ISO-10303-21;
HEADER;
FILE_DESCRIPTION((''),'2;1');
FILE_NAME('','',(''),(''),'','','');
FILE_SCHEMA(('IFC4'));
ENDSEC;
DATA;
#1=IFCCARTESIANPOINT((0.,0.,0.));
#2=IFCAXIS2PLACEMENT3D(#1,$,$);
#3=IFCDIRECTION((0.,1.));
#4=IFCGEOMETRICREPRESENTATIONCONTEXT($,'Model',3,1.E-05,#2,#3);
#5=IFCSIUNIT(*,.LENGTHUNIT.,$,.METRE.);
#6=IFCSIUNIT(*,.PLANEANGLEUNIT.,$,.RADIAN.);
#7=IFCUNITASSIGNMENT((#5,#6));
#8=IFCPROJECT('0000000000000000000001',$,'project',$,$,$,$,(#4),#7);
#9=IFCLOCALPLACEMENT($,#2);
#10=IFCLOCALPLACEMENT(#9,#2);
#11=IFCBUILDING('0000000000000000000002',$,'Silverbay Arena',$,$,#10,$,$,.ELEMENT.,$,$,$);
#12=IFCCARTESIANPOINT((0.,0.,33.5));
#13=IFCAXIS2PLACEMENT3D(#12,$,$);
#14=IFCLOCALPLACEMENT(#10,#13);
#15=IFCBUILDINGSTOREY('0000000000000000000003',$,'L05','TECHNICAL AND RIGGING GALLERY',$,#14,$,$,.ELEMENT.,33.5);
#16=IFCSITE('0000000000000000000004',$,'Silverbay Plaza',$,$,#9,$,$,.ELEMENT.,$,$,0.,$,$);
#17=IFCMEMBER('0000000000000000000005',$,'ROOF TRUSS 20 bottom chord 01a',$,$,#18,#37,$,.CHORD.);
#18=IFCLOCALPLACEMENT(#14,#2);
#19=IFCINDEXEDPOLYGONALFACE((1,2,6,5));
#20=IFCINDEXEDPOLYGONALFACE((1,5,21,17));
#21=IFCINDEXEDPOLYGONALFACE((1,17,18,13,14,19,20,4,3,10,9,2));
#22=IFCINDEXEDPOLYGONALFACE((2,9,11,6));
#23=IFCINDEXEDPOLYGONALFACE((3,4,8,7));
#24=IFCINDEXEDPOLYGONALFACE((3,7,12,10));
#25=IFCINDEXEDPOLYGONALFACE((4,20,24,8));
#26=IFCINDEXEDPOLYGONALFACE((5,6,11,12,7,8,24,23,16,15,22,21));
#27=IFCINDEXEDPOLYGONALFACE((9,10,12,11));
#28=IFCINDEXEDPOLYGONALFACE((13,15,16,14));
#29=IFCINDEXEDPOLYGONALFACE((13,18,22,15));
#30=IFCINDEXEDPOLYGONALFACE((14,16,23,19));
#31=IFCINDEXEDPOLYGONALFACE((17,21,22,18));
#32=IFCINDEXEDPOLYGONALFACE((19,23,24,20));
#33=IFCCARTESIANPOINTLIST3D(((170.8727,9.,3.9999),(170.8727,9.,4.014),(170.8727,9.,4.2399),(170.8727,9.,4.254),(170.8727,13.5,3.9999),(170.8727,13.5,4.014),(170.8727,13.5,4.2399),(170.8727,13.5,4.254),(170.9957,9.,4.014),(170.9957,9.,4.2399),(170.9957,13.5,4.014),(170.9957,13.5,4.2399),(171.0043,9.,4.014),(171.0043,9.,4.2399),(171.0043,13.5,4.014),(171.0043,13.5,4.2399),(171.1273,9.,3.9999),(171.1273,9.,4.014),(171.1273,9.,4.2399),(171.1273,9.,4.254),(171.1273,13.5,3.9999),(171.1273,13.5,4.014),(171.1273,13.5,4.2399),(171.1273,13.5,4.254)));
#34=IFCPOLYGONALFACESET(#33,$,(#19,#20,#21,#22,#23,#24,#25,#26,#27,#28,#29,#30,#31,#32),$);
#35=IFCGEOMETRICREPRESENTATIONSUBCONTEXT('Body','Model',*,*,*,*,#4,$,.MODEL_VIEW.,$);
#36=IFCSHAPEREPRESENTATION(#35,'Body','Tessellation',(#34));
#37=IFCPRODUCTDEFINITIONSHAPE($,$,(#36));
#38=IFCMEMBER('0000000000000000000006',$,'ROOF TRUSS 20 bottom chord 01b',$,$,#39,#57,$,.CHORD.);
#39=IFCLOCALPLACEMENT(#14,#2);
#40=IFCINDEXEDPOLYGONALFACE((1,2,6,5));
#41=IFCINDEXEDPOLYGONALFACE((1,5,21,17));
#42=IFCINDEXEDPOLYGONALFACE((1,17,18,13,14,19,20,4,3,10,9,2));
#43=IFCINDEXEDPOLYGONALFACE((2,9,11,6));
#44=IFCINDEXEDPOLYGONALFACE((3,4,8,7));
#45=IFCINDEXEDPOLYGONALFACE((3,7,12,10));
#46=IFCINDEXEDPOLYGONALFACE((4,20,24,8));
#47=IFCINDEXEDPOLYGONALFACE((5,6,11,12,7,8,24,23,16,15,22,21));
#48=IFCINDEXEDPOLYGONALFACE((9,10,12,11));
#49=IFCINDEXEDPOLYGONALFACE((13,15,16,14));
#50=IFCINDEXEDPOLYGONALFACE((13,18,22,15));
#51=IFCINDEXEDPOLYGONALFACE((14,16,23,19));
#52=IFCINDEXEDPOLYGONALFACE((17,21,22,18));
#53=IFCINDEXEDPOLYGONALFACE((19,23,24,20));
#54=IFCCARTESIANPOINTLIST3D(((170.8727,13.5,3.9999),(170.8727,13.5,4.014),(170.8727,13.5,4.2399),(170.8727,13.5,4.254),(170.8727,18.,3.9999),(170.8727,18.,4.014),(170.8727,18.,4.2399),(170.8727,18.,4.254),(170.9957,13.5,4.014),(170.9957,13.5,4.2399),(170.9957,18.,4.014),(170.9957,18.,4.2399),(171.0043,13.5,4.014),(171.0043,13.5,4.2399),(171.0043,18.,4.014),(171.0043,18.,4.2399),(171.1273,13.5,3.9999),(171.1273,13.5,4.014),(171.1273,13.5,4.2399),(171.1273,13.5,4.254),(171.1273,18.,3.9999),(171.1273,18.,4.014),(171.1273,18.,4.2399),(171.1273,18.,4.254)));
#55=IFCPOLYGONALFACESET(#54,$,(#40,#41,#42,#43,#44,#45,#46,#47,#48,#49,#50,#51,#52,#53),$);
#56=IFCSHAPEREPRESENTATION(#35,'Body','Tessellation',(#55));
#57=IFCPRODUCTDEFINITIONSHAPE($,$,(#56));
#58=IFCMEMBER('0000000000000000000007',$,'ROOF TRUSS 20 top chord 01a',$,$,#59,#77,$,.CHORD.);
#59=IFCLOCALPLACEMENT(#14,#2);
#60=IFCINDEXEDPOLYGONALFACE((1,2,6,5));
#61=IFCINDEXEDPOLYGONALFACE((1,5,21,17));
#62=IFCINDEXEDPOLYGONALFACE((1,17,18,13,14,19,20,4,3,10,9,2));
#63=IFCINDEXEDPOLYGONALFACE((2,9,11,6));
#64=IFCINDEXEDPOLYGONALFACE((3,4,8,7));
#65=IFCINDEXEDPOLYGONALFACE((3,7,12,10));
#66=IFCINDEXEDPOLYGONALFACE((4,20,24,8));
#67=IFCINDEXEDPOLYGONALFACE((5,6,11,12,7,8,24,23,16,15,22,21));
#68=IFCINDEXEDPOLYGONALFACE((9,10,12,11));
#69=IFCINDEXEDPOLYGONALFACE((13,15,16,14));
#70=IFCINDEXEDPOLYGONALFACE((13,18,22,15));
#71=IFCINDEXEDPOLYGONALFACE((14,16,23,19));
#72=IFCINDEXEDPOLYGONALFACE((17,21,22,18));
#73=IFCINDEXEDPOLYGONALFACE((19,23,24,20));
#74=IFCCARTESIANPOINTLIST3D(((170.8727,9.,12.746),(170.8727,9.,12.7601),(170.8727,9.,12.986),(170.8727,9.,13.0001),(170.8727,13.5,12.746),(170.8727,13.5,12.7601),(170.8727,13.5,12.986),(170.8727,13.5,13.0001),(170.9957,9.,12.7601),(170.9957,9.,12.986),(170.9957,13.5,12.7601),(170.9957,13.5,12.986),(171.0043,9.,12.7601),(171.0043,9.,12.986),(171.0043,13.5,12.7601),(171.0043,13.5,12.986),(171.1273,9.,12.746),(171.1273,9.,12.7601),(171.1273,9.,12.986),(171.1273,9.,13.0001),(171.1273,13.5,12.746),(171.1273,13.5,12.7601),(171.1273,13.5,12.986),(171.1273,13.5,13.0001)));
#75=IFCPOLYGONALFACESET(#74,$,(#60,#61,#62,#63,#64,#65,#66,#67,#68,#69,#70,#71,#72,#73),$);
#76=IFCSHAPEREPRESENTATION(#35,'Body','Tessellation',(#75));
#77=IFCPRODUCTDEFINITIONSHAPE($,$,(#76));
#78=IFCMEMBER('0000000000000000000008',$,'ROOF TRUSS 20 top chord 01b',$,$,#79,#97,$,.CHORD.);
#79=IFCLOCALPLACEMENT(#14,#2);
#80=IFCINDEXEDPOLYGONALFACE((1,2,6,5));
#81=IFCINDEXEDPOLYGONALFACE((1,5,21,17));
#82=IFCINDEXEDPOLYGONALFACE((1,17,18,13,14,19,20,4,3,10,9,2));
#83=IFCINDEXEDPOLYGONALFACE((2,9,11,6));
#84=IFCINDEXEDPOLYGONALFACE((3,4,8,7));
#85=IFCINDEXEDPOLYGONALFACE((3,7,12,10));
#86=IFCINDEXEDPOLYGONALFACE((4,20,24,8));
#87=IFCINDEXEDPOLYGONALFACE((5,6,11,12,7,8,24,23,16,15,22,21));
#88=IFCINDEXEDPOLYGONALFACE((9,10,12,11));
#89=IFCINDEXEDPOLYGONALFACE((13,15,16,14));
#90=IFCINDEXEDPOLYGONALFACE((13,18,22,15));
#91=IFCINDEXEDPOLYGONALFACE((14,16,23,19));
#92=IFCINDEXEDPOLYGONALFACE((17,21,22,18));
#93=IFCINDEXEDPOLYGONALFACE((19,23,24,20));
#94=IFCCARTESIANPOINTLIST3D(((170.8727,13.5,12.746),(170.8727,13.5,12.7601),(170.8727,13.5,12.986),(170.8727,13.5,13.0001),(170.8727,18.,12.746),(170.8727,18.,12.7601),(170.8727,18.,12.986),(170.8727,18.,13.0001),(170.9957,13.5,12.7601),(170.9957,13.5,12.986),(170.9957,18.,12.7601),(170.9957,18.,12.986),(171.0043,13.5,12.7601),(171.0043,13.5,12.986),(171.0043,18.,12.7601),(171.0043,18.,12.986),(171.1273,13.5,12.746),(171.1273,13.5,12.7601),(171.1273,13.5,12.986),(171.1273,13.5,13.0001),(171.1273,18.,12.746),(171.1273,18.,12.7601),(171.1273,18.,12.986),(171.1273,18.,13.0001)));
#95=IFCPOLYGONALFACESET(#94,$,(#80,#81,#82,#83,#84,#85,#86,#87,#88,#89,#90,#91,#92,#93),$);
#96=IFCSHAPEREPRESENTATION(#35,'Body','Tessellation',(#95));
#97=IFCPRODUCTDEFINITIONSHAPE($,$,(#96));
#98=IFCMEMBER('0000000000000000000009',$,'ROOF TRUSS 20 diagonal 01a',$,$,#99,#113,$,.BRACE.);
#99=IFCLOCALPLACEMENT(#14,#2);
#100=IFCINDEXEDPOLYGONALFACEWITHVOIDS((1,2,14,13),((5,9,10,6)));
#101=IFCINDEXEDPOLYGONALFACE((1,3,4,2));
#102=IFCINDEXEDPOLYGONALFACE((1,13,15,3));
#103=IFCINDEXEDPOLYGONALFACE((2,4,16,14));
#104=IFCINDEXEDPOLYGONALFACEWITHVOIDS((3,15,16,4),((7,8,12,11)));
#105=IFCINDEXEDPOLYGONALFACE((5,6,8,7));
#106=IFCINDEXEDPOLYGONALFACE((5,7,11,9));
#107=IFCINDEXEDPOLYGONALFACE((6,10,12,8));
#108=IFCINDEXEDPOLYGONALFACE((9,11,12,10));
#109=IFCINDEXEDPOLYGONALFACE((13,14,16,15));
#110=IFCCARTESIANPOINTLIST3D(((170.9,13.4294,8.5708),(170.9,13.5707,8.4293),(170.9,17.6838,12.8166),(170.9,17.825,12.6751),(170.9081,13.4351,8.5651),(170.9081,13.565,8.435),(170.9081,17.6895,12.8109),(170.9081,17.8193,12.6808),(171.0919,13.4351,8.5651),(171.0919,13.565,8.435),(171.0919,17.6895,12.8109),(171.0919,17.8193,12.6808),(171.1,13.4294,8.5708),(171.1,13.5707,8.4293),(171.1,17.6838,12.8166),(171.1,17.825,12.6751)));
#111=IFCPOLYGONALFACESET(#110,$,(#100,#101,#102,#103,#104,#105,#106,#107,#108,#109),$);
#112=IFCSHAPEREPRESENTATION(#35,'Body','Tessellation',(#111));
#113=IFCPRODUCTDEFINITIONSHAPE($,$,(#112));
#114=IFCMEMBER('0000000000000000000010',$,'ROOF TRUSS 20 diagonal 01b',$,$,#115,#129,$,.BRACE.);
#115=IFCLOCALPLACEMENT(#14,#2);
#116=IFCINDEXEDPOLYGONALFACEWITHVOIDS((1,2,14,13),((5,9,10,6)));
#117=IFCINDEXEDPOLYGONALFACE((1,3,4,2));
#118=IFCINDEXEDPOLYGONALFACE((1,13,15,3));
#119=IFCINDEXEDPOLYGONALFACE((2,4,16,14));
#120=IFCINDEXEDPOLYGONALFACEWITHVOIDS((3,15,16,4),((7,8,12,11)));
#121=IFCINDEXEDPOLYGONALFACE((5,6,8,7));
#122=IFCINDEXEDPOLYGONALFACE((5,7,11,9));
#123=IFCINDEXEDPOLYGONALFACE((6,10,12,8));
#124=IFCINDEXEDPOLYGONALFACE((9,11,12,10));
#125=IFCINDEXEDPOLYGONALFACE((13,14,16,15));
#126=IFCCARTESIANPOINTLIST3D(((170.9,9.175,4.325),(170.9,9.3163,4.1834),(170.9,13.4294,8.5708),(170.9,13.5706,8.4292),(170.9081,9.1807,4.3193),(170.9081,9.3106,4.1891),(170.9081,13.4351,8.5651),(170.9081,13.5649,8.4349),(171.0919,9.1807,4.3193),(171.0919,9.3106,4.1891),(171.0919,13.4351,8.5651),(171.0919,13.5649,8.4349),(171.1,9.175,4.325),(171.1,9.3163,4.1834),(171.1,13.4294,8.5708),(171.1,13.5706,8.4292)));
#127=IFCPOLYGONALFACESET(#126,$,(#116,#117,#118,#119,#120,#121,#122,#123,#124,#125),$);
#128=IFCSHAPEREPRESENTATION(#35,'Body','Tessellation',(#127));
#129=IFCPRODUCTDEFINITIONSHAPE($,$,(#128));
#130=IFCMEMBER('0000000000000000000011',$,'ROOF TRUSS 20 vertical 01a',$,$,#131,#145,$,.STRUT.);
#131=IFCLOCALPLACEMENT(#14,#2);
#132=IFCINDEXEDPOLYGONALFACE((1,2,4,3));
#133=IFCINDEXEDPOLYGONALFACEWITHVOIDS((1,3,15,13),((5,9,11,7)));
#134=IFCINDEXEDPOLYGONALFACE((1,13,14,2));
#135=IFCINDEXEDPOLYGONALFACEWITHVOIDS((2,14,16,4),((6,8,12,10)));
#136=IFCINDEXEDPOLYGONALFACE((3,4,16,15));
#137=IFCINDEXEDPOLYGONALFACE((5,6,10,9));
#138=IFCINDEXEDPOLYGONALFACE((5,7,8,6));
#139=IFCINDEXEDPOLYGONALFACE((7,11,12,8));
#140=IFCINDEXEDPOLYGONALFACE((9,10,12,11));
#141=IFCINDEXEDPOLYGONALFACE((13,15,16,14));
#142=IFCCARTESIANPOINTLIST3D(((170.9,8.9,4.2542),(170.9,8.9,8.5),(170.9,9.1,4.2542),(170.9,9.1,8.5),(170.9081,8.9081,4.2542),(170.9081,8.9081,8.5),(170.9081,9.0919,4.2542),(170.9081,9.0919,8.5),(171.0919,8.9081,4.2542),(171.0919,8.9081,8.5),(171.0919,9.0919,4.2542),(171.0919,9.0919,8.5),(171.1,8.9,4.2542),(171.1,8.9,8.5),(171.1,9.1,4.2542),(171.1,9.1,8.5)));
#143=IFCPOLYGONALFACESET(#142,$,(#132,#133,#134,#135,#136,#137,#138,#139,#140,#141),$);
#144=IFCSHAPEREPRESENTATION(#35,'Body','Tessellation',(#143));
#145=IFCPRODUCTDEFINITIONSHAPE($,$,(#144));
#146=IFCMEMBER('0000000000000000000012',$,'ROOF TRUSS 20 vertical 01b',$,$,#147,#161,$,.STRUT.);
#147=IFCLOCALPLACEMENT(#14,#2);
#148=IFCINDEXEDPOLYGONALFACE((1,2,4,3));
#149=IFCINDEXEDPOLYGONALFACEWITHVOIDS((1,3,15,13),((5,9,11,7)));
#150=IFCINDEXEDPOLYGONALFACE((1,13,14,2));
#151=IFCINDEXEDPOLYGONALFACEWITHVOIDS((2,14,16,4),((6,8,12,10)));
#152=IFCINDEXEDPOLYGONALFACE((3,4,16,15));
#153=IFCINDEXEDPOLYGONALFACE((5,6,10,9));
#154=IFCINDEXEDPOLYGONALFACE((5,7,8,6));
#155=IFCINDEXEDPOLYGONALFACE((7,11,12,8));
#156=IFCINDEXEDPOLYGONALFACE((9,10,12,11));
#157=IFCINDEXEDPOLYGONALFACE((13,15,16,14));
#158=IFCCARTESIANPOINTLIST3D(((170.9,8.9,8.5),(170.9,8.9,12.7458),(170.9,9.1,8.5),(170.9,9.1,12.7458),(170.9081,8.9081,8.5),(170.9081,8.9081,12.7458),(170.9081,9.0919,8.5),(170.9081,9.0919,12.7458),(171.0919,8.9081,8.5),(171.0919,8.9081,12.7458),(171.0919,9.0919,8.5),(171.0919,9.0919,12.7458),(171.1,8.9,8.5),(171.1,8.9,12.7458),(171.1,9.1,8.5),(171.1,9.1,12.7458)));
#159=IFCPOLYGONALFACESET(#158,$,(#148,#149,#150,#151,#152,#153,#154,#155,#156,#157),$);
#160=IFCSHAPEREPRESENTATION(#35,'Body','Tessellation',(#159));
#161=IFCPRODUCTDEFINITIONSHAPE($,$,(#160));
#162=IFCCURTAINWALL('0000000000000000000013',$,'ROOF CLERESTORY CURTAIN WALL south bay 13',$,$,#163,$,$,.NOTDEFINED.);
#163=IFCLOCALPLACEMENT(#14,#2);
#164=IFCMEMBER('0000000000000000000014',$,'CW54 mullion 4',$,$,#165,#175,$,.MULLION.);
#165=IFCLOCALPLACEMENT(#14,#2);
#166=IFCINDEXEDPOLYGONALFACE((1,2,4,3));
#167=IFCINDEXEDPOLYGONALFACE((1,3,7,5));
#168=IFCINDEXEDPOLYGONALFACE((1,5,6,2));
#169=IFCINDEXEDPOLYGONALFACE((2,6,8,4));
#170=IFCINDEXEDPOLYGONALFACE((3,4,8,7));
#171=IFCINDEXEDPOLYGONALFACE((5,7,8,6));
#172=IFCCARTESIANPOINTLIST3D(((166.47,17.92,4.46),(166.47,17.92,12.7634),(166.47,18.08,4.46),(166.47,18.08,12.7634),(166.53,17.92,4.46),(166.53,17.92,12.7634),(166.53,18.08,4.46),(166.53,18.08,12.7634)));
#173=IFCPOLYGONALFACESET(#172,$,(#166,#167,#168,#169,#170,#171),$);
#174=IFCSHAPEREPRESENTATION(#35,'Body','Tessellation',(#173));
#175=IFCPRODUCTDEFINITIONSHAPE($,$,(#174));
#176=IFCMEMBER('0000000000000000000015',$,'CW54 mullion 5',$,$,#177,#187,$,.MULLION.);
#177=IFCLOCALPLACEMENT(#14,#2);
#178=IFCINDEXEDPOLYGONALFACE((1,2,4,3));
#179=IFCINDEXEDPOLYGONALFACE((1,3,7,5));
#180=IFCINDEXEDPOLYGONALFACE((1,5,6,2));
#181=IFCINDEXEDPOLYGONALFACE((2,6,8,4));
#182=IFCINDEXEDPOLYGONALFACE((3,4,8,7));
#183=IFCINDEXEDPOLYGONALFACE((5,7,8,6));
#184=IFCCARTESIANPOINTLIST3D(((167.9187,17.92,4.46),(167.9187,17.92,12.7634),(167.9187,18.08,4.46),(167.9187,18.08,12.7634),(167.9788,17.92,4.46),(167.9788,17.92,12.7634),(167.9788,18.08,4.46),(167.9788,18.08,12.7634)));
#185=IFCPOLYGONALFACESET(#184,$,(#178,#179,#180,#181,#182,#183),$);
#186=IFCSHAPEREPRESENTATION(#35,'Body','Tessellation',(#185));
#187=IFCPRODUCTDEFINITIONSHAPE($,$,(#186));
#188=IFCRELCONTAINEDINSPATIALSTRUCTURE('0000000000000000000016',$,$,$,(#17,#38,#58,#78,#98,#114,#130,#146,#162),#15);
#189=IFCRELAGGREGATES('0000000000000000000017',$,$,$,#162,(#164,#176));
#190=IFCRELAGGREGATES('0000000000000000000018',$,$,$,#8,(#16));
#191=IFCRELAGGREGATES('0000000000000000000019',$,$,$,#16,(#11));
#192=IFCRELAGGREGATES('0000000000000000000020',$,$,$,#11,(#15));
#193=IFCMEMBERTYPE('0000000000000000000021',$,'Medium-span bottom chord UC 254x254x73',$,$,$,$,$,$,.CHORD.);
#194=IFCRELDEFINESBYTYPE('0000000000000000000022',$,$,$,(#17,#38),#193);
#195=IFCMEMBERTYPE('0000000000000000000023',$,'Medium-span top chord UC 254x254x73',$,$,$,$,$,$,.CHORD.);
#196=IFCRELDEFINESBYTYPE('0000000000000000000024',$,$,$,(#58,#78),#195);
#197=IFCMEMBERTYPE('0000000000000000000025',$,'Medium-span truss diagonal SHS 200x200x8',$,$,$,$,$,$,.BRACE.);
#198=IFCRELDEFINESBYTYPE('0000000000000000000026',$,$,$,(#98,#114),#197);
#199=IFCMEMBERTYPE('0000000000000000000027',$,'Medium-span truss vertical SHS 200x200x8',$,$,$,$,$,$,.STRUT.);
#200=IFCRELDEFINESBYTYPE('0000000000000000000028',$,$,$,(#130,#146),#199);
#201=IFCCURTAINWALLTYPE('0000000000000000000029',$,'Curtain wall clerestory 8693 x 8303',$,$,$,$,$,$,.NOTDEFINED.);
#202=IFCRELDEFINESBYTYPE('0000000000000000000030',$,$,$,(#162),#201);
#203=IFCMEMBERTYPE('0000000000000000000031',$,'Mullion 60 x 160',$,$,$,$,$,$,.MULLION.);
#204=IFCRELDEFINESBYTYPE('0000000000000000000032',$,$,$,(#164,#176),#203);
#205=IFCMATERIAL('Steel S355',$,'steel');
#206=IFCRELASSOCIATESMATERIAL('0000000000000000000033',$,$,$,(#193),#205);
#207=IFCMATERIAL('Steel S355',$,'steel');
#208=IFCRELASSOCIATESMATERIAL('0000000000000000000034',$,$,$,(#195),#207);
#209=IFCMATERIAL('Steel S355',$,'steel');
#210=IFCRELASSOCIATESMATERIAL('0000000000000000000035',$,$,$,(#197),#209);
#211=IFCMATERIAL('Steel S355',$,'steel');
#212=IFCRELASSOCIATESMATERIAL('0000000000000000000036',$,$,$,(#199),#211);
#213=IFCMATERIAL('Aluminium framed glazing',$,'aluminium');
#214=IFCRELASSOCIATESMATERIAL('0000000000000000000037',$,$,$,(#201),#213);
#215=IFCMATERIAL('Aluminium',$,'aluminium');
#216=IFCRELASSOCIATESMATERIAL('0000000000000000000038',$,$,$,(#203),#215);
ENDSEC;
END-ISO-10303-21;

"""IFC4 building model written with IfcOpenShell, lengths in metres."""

from ifc_helpers import new_model, si_unit, direction, frame, origin, origin_2d, place, context, subcontext, project, spatial, rectangle, hollow_rectangle, i_section, extrude, material, material_profile, profile_set, type_object, element, aggregate, save


model = new_model("IFC4")

# Units and contexts
model_context = context("Model", 3, precision=1e-05, world=origin(), true_north=direction((0.0, 1.0)))
body_context = subcontext(model_context, "Body", "Model", "MODEL_VIEW")
ifc_project = project(units=[si_unit("LENGTHUNIT", "METRE"), si_unit("PLANEANGLEUNIT", "RADIAN")], contexts=[model_context])

# Site, building, storey
site_placement = place(None, origin())
site = spatial("IfcSite", under=ifc_project, at=site_placement, Name="Silverbay Plaza", CompositionType="ELEMENT", RefElevation=0.0)
building_placement = place(site_placement, origin())
building = spatial("IfcBuilding", under=site, at=building_placement, Name="Silverbay Arena", CompositionType="ELEMENT")
storey_placement = place(building_placement, frame((0.0, 0.0, 33.5)))
storey = spatial("IfcBuildingStorey", under=building, at=storey_placement, Name="L05", Description="TECHNICAL AND RIGGING GALLERY", CompositionType="ELEMENT", Elevation=33.5)

# Members
ifc_material_1 = material(Name="Steel S355", Category="steel")
ifc_material_profile_1 = material_profile(ifc_material_1, i_section(OverallWidth=0.2546, OverallDepth=0.2542, WebThickness=0.0085, FlangeThickness=0.0142, at=origin_2d()), Name="UC 254x254x73")
ifc_profile_set_1 = profile_set([ifc_material_profile_1], Name="Steel S355")
member_type_1 = type_object("IfcMemberType", Name="Medium-span bottom chord UC 254x254x73", PredefinedType="CHORD", material=ifc_profile_set_1)
for number, where, z_axis, x_axis, name in (
    (1, (171.0, 9.0, 4.127), (0.0, 1.0, 0.0), (-1.0, 0.0, 0.0), "ROOF TRUSS 20 bottom chord 01a"),
    (2, (171.0, 13.5, 4.127), (0.0, 1.0, 0.0), (-1.0, 0.0, 0.0), "ROOF TRUSS 20 bottom chord 01b"),
):
    element("IfcMember", number, at=place(storey_placement, frame(where, z_axis=z_axis, x_axis=x_axis)), inside=storey, type_object=member_type_1, Name=name, PredefinedType="CHORD", context=body_context, shape_type="SweptSolid", body=[
        extrude(i_section(OverallWidth=0.2546, OverallDepth=0.2542, WebThickness=0.0085, FlangeThickness=0.0142, at=origin_2d()), origin(), (0.0, 0.0, 1.0), 4.5),
    ])
ifc_material_2 = material(Name="Steel S355", Category="steel")
ifc_material_profile_2 = material_profile(ifc_material_2, i_section(OverallWidth=0.2546, OverallDepth=0.2542, WebThickness=0.0085, FlangeThickness=0.0142, at=origin_2d()), Name="UC 254x254x73")
ifc_profile_set_2 = profile_set([ifc_material_profile_2], Name="Steel S355")
member_type_2 = type_object("IfcMemberType", Name="Medium-span top chord UC 254x254x73", PredefinedType="CHORD", material=ifc_profile_set_2)
for number, where, z_axis, x_axis, name in (
    (3, (171.0, 9.0, 12.873), (0.0, 1.0, 0.0), (-1.0, 0.0, 0.0), "ROOF TRUSS 20 top chord 01a"),
    (4, (171.0, 13.5, 12.873), (0.0, 1.0, 0.0), (-1.0, 0.0, 0.0), "ROOF TRUSS 20 top chord 01b"),
):
    element("IfcMember", number, at=place(storey_placement, frame(where, z_axis=z_axis, x_axis=x_axis)), inside=storey, type_object=member_type_2, Name=name, PredefinedType="CHORD", context=body_context, shape_type="SweptSolid", body=[
        extrude(i_section(OverallWidth=0.2546, OverallDepth=0.2542, WebThickness=0.0085, FlangeThickness=0.0142, at=origin_2d()), origin(), (0.0, 0.0, 1.0), 4.5),
    ])
ifc_material_3 = material(Name="Steel S355", Category="steel")
ifc_material_profile_3 = material_profile(ifc_material_3, hollow_rectangle(XDim=0.2, YDim=0.2, WallThickness=0.0081, at=origin_2d()), Name="SHS 200x200x8")
ifc_profile_set_3 = profile_set([ifc_material_profile_3], Name="Steel S355")
member_type_3 = type_object("IfcMemberType", Name="Medium-span truss diagonal SHS 200x200x8", PredefinedType="BRACE", material=ifc_profile_set_3)
for number, where, z_axis, x_axis, name in (
    (5, (171.0, 17.7544, 12.7458), (0.0, -0.707817, -0.706396), (1.0, 0.0, 0.0), "ROOF TRUSS 20 diagonal 01a"),
    (6, (171.0, 13.5, 8.5), (0.0, -0.707817, -0.706396), (1.0, 0.0, 0.0), "ROOF TRUSS 20 diagonal 01b"),
):
    element("IfcMember", number, at=place(storey_placement, frame(where, z_axis=z_axis, x_axis=x_axis)), inside=storey, type_object=member_type_3, Name=name, PredefinedType="BRACE", context=body_context, shape_type="SweptSolid", body=[
        extrude(hollow_rectangle(XDim=0.2, YDim=0.2, WallThickness=0.0081, at=origin_2d()), origin(), (0.0, 0.0, 1.0), 6.0105),
    ])
ifc_material_4 = material(Name="Steel S355", Category="steel")
ifc_material_profile_4 = material_profile(ifc_material_4, hollow_rectangle(XDim=0.2, YDim=0.2, WallThickness=0.0081, at=origin_2d()), Name="SHS 200x200x8")
ifc_profile_set_4 = profile_set([ifc_material_profile_4], Name="Steel S355")
member_type_4 = type_object("IfcMemberType", Name="Medium-span truss vertical SHS 200x200x8", PredefinedType="STRUT", material=ifc_profile_set_4)
for number, where, z_axis, x_axis, name in (
    (7, (171.0, 9.0, 4.2542), (0.0, 0.0, 1.0), (1.0, 0.0, 0.0), "ROOF TRUSS 20 vertical 01a"),
    (8, (171.0, 9.0, 8.5), (0.0, 0.0, 1.0), (1.0, 0.0, 0.0), "ROOF TRUSS 20 vertical 01b"),
):
    element("IfcMember", number, at=place(storey_placement, frame(where, z_axis=z_axis, x_axis=x_axis)), inside=storey, type_object=member_type_4, Name=name, PredefinedType="STRUT", context=body_context, shape_type="SweptSolid", body=[
        extrude(hollow_rectangle(XDim=0.2, YDim=0.2, WallThickness=0.0081, at=origin_2d()), origin(), (0.0, 0.0, 1.0), 4.2458),
    ])

# Curtain wall, members
ifc_material_5 = material(Name="Aluminium framed glazing", Category="aluminium")
curtain_wall_type = type_object("IfcCurtainWallType", Name="Curtain wall clerestory 8693 x 8303", PredefinedType="NOTDEFINED", material=ifc_material_5)
curtain_wall_placement = place(storey_placement, origin())
curtain_wall = element("IfcCurtainWall", 9, at=curtain_wall_placement, inside=storey, type_object=curtain_wall_type, Name="ROOF CLERESTORY CURTAIN WALL south bay 13", PredefinedType="NOTDEFINED")
ifc_material_6 = material(Name="Aluminium", Category="aluminium")
ifc_material_profile_5 = material_profile(ifc_material_6, rectangle(XDim=0.1599, YDim=0.0601, at=origin_2d()), Name="Mullion 60 x 160")
ifc_profile_set_5 = profile_set([ifc_material_profile_5], Name="Aluminium")
member_type_5 = type_object("IfcMemberType", Name="Mullion 60 x 160", PredefinedType="MULLION", material=ifc_profile_set_5)
member_1_placement = place(storey_placement, frame((166.5, 18.0, 4.46), z_axis=(0.0, 0.0, 1.0), x_axis=(0.0, 1.0, 0.0)))
member_1 = element("IfcMember", 10, at=member_1_placement, type_object=member_type_5, Name="CW54 mullion 4", PredefinedType="MULLION", context=body_context, shape_type="SweptSolid", body=[
    extrude(rectangle(XDim=0.1599, YDim=0.0601, at=origin_2d()), origin(), (0.0, 0.0, 1.0), 8.3035),
])
member_2_placement = place(storey_placement, frame((167.9487, 18.0, 4.46), z_axis=(0.0, 0.0, 1.0), x_axis=(0.0, 1.0, 0.0)))
member_2 = element("IfcMember", 11, at=member_2_placement, type_object=member_type_5, Name="CW54 mullion 5", PredefinedType="MULLION", context=body_context, shape_type="SweptSolid", body=[
    extrude(rectangle(XDim=0.1599, YDim=0.0601, at=origin_2d()), origin(), (0.0, 0.0, 1.0), 8.3035),
])

aggregate(curtain_wall, [member_1, member_2])

save(model, "model.ifc")
